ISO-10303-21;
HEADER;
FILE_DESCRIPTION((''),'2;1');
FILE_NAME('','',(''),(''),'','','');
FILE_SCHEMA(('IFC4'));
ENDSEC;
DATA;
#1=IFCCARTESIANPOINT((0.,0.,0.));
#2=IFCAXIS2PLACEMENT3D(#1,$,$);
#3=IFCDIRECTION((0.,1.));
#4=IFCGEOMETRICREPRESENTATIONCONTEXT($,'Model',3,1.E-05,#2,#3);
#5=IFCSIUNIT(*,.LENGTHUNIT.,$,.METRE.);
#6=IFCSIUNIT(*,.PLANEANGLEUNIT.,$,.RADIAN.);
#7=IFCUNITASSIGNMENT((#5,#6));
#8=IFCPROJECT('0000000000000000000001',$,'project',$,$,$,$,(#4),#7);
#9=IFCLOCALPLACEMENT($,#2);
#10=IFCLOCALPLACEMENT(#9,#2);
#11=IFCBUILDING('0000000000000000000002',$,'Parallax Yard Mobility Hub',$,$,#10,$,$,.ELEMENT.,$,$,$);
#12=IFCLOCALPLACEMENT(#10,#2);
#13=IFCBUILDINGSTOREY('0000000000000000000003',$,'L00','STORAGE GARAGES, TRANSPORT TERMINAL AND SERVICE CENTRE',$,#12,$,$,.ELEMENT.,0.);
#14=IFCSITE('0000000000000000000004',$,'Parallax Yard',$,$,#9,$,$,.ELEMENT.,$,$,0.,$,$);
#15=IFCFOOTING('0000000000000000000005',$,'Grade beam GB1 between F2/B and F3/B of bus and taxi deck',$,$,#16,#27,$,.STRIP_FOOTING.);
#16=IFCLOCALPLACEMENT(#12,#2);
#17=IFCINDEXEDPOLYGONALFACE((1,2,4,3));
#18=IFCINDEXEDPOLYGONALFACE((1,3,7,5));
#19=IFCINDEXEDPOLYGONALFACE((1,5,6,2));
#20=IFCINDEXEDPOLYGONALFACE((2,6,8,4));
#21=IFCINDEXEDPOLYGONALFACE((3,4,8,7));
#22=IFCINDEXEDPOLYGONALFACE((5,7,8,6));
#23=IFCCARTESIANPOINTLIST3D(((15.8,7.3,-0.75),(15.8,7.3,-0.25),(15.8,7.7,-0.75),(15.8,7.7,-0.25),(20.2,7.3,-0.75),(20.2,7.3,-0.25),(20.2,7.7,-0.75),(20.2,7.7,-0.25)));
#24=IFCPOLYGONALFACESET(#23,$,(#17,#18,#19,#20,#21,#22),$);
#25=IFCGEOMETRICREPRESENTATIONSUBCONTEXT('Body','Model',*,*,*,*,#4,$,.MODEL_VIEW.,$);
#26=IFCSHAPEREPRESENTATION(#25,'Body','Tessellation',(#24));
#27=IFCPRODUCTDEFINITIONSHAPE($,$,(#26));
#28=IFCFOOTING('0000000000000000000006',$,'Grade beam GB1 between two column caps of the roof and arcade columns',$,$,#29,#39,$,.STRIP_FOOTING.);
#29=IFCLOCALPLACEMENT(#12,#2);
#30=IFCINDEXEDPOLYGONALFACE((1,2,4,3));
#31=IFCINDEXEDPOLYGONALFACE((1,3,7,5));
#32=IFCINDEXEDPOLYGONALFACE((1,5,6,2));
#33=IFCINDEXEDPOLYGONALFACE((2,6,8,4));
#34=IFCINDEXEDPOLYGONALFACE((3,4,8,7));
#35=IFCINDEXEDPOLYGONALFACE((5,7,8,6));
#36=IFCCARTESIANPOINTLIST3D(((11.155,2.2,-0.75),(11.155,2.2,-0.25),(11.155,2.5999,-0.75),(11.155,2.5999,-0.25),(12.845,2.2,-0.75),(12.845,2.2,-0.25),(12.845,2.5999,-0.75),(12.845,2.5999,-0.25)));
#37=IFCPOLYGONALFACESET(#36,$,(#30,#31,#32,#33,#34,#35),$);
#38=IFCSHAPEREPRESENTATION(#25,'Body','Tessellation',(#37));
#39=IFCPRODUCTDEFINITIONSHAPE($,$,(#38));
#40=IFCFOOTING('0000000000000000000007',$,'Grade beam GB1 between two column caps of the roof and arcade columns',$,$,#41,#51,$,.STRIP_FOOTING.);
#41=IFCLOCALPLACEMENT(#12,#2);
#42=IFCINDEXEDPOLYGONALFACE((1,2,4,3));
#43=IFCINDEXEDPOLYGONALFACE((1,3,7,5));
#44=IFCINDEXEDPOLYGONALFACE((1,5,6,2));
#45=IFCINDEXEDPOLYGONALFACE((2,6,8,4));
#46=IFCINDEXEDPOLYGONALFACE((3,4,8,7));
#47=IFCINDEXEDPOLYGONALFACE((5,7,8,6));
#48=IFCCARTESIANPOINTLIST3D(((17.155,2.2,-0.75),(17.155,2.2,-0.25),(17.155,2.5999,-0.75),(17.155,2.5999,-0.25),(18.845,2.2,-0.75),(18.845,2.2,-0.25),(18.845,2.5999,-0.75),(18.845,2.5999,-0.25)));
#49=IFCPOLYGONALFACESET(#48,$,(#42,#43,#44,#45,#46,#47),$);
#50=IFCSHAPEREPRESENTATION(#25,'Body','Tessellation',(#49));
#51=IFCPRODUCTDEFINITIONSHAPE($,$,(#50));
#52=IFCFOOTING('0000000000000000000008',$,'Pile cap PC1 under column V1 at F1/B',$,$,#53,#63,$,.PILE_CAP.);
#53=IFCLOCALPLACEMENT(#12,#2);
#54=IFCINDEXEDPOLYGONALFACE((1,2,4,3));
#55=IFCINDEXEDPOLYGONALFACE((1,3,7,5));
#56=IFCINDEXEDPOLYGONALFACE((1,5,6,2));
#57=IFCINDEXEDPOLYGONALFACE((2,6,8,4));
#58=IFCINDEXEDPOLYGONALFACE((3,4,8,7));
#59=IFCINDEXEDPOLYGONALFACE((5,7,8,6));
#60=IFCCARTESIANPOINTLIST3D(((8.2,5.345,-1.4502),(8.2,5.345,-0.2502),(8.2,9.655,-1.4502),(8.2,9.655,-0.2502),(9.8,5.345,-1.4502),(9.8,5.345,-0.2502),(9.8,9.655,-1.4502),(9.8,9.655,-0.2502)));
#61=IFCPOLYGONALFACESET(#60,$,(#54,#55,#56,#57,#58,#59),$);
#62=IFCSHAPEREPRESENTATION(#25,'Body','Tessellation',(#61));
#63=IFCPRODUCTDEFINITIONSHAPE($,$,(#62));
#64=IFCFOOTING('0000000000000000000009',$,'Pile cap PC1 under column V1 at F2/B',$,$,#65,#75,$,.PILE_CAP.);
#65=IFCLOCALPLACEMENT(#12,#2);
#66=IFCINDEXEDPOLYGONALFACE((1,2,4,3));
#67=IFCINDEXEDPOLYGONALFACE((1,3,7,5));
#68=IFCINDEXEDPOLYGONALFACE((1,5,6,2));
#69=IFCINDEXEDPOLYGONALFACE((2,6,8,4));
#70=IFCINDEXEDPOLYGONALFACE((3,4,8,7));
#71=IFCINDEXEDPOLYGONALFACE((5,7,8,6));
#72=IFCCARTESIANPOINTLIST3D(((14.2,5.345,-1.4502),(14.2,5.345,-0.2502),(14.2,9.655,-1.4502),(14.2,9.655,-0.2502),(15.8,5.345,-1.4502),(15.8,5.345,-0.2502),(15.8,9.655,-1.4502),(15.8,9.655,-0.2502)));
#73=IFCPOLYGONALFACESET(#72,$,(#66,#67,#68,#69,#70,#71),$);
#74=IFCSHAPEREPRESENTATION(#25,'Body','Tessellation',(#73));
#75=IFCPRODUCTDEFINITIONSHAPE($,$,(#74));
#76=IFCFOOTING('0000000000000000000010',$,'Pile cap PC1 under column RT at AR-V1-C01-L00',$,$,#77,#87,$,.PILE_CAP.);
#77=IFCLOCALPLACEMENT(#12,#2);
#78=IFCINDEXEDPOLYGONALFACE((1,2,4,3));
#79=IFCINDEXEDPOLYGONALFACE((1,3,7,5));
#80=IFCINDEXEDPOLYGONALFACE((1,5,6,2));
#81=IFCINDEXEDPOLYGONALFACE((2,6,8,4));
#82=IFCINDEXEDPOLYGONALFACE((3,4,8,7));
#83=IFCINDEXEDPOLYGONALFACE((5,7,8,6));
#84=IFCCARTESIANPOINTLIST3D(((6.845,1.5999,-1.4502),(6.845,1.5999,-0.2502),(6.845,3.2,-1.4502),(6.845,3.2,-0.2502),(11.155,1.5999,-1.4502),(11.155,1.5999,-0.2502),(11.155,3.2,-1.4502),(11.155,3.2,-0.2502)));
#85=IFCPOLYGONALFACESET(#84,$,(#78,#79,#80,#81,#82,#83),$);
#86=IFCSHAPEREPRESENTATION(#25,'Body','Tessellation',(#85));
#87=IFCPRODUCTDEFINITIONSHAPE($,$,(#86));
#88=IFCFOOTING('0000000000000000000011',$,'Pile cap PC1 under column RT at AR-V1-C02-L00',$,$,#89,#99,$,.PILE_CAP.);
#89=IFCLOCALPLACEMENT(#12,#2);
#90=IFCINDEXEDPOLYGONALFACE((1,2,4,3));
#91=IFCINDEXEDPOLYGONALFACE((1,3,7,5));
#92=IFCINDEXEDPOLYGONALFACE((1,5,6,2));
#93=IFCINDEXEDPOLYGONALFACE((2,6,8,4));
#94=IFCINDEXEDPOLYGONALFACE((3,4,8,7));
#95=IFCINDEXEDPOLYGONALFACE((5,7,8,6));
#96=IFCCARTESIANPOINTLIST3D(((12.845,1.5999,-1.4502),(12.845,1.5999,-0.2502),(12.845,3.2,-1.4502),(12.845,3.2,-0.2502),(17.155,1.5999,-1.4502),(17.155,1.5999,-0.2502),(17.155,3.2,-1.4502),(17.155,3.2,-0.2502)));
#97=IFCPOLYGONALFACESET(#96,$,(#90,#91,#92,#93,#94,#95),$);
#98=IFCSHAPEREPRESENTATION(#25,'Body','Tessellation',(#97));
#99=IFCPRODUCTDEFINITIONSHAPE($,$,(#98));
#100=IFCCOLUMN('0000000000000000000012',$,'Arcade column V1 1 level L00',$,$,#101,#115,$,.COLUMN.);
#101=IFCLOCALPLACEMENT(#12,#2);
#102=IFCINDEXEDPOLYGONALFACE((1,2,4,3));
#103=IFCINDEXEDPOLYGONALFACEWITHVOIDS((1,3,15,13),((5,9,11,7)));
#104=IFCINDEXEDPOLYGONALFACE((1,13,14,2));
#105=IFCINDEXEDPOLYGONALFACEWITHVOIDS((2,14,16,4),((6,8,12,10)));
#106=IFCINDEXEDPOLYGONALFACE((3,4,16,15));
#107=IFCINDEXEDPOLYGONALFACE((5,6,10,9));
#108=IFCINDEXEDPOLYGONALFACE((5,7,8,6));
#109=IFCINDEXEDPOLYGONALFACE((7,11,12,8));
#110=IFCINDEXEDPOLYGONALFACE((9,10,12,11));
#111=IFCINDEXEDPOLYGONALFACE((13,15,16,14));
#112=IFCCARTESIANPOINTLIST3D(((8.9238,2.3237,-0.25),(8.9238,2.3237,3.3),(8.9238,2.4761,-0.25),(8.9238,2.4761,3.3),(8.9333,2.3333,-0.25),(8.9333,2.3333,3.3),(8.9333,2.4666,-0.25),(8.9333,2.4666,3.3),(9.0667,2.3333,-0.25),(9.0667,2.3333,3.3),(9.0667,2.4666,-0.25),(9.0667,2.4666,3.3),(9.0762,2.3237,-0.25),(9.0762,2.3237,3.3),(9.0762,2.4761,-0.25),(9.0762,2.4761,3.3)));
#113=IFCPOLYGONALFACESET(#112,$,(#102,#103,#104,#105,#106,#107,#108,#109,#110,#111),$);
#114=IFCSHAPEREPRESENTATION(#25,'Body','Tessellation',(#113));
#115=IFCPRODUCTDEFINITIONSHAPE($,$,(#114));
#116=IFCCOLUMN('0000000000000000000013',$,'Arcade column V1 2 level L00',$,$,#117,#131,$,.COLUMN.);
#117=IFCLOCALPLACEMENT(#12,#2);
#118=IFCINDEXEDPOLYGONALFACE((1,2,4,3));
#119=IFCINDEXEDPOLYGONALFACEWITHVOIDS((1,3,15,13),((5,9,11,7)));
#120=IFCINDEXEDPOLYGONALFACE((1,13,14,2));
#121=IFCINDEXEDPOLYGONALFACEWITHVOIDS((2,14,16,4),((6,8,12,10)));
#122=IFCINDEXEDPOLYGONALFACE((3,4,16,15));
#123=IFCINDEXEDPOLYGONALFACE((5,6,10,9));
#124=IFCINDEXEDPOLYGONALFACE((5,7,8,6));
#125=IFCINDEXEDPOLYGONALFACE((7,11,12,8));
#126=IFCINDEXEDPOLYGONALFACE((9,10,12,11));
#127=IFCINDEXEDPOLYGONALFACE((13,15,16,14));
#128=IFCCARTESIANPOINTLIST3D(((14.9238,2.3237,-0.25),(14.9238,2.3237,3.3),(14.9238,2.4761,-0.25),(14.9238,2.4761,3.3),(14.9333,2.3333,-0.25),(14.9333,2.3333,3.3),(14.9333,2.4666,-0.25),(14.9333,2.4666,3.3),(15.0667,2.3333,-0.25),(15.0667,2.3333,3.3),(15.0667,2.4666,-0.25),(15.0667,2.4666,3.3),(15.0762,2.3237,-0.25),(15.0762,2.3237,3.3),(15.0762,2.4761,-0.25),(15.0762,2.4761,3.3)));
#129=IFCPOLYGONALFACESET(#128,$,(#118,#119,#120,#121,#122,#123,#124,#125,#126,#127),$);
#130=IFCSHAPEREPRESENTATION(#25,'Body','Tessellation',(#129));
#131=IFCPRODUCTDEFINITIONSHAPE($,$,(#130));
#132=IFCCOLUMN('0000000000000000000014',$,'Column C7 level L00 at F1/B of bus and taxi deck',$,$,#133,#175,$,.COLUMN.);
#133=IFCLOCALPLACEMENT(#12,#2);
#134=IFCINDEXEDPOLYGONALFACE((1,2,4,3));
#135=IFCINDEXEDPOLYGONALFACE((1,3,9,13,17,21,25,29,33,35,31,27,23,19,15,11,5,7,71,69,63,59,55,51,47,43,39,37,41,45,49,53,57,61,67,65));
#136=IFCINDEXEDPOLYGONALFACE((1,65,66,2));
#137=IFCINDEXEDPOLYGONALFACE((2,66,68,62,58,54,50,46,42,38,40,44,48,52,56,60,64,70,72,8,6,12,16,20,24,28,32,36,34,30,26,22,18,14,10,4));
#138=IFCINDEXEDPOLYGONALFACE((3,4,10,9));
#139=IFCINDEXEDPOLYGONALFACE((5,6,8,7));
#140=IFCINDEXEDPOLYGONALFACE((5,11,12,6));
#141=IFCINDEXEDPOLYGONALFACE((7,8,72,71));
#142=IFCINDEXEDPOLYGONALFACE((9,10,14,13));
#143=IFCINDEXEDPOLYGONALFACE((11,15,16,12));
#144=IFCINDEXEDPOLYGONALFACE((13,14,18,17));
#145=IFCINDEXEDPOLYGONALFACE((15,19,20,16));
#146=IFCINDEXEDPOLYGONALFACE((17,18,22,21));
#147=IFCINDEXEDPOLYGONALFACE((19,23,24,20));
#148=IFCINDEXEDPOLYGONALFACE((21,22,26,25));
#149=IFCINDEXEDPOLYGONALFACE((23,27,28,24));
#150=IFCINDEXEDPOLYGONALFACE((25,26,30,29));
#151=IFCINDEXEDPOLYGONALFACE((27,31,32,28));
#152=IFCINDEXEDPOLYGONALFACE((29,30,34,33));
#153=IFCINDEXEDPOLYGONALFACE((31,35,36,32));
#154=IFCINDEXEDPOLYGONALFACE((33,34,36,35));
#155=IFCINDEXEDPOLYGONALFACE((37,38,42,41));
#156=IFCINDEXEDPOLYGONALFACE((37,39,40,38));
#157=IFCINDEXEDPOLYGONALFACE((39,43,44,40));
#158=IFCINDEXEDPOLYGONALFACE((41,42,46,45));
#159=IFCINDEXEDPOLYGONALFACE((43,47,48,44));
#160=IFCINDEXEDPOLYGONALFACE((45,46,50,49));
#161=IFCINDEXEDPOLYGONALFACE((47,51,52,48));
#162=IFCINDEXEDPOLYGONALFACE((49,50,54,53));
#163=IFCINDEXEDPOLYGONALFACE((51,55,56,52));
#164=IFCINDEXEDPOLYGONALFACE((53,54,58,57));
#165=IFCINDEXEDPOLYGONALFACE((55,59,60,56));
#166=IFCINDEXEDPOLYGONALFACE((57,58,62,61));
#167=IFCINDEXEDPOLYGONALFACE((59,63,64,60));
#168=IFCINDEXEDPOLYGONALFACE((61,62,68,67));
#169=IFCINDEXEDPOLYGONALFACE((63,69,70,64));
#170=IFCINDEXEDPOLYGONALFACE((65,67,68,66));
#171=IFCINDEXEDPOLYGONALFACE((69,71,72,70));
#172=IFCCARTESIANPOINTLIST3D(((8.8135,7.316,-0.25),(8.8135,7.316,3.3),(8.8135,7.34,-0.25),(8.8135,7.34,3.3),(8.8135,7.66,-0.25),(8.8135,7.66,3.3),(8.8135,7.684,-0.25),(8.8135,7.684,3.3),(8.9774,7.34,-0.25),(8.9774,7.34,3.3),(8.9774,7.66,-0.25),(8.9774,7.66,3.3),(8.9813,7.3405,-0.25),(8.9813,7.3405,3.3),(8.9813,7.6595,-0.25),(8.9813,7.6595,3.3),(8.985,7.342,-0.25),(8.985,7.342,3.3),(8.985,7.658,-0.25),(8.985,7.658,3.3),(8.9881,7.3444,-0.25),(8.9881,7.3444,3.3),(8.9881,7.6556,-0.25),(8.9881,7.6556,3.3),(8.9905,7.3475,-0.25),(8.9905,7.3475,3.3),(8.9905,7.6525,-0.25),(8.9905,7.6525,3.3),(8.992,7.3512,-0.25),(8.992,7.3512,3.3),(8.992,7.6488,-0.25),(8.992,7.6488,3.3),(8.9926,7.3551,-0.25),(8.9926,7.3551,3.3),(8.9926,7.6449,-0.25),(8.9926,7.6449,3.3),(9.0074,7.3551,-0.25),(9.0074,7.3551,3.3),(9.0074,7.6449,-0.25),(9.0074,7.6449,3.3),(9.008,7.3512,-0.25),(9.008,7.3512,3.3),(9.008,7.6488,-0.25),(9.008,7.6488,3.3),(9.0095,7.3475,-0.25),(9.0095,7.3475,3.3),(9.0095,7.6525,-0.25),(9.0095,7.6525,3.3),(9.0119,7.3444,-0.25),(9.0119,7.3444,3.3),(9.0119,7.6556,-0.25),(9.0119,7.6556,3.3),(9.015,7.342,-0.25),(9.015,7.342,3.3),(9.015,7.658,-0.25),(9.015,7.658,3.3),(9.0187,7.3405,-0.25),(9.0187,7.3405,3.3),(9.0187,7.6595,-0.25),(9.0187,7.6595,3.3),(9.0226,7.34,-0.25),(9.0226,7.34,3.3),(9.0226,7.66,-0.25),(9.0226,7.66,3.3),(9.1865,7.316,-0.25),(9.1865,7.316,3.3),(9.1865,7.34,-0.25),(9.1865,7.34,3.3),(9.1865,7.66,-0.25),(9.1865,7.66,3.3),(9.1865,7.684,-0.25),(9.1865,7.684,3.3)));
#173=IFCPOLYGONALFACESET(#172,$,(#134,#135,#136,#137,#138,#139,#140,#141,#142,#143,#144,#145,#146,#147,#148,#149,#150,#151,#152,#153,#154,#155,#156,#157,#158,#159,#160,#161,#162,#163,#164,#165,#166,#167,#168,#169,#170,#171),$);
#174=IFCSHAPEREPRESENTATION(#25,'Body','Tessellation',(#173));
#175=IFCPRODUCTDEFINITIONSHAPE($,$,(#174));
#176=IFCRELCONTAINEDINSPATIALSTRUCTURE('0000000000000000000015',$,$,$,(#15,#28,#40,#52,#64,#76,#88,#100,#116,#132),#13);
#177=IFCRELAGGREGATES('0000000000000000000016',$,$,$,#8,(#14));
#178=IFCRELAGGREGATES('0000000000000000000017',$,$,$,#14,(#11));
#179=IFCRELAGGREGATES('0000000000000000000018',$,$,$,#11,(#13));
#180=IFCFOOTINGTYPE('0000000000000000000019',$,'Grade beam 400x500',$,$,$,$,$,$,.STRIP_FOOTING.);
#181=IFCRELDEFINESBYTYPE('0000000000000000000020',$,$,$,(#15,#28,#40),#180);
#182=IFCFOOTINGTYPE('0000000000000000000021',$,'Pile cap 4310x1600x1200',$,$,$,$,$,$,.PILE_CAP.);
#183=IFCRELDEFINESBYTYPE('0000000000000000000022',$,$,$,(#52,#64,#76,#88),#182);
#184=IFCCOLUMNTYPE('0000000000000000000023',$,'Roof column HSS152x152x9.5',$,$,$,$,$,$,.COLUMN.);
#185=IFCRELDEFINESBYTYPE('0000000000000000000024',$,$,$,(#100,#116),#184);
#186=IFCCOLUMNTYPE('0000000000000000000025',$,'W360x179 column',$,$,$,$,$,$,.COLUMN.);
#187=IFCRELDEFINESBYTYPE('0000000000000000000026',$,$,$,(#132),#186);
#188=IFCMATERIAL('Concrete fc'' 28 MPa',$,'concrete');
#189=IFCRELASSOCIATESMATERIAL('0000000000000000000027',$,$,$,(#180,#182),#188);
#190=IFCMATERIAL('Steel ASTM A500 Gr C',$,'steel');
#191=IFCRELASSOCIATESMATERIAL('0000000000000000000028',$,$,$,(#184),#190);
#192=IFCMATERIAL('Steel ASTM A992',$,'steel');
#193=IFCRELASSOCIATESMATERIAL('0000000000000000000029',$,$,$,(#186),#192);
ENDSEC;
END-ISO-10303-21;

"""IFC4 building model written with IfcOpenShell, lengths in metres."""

from ifc_helpers import new_model, si_unit, direction, frame, origin, origin_2d, place, context, subcontext, project, spatial, rectangle, hollow_rectangle, i_section, extrude, material, material_profile, profile_set, type_object, element, save


model = new_model("IFC4")

# Units and contexts
model_context = context("Model", 3, precision=1e-05, world=origin(), true_north=direction((0.0, 1.0)))
body_context = subcontext(model_context, "Body", "Model", "MODEL_VIEW")
ifc_project = project(units=[si_unit("LENGTHUNIT", "METRE"), si_unit("PLANEANGLEUNIT", "RADIAN")], contexts=[model_context])

# Site, building, storey
site_placement = place(None, origin())
site = spatial("IfcSite", under=ifc_project, at=site_placement, Name="Parallax Yard", CompositionType="ELEMENT", RefElevation=0.0)
building_placement = place(site_placement, origin())
building = spatial("IfcBuilding", under=site, at=building_placement, Name="Parallax Yard Mobility Hub", CompositionType="ELEMENT")
storey_placement = place(building_placement, origin())
storey = spatial("IfcBuildingStorey", under=building, at=storey_placement, Name="L00", Description="STORAGE GARAGES, TRANSPORT TERMINAL AND SERVICE CENTRE", CompositionType="ELEMENT", Elevation=0.0)

# Shared definitions
ifc_material_1 = material(Name="Concrete fc' 28 MPa", Category="concrete")

# Footings
ifc_material_profile_1 = material_profile(ifc_material_1, rectangle(XDim=0.3999, YDim=0.5, at=origin_2d()), Name="Grade beam 400x500")
ifc_profile_set_1 = profile_set([ifc_material_profile_1], Name="Concrete fc' 28 MPa")
footing_type_1 = type_object("IfcFootingType", Name="Grade beam 400x500", PredefinedType="STRIP_FOOTING", material=ifc_profile_set_1)
for number, where, z_axis, x_axis, name in (
    (1, (15.8, 7.5, -0.5), (1.0, 0.0, 0.0), (0.0, 1.0, 0.0), "Grade beam GB1 between F2/B and F3/B of bus and taxi deck"),
):
    element("IfcFooting", number, at=place(storey_placement, frame(where, z_axis=z_axis, x_axis=x_axis)), inside=storey, type_object=footing_type_1, Name=name, PredefinedType="STRIP_FOOTING", context=body_context, shape_type="SweptSolid", body=[
        extrude(rectangle(XDim=0.3999, YDim=0.5, at=origin_2d()), origin(), (0.0, 0.0, 1.0), 4.3999),
    ])
for number, where, z_axis, x_axis, name in (
    (2, (11.155, 2.3999, -0.5), (1.0, 0.0, 0.0), (0.0, 1.0, 0.0), "Grade beam GB1 between two column caps of the roof and arcade columns"),
    (3, (17.155, 2.3999, -0.5), (1.0, 0.0, 0.0), (0.0, 1.0, 0.0), "Grade beam GB1 between two column caps of the roof and arcade columns"),
):
    element("IfcFooting", number, at=place(storey_placement, frame(where, z_axis=z_axis, x_axis=x_axis)), inside=storey, type_object=footing_type_1, Name=name, PredefinedType="STRIP_FOOTING", context=body_context, shape_type="SweptSolid", body=[
        extrude(rectangle(XDim=0.3999, YDim=0.5, at=origin_2d()), origin(), (0.0, 0.0, 1.0), 1.6899),
    ])
footing_type_2 = type_object("IfcFootingType", Name="Pile cap 4310x1600x1200", PredefinedType="PILE_CAP", material=ifc_material_1)
for number, where, z_axis, x_axis, name in (
    (4, (9.0, 7.5, -1.4502), (0.0, 0.0, 1.0), (0.0, 1.0, 0.0), "Pile cap PC1 under column V1 at F1/B"),
    (5, (15.0, 7.5, -1.4502), (0.0, 0.0, 1.0), (0.0, 1.0, 0.0), "Pile cap PC1 under column V1 at F2/B"),
    (6, (9.0, 2.3999, -1.4502), (0.0, 0.0, 1.0), (1.0, 0.0, 0.0), "Pile cap PC1 under column RT at AR-V1-C01-L00"),
    (7, (15.0, 2.3999, -1.4502), (0.0, 0.0, 1.0), (1.0, 0.0, 0.0), "Pile cap PC1 under column RT at AR-V1-C02-L00"),
):
    element("IfcFooting", number, at=place(storey_placement, frame(where, z_axis=z_axis, x_axis=x_axis)), inside=storey, type_object=footing_type_2, Name=name, PredefinedType="PILE_CAP", context=body_context, shape_type="SweptSolid", body=[
        extrude(rectangle(XDim=4.3101, YDim=1.6001, at=origin_2d()), origin(), (0.0, 0.0, 1.0), 1.2),
    ])

# Columns
ifc_material_2 = material(Name="Steel ASTM A500 Gr C", Category="steel")
ifc_material_profile_2 = material_profile(ifc_material_2, hollow_rectangle(XDim=0.1523, YDim=0.1523, WallThickness=0.0095, at=origin_2d()), Name="HSS152x152x9.5")
ifc_profile_set_2 = profile_set([ifc_material_profile_2], Name="Steel ASTM A500 Gr C")
column_type_1 = type_object("IfcColumnType", Name="Roof column HSS152x152x9.5", PredefinedType="COLUMN", material=ifc_profile_set_2)
for number, where, z_axis, x_axis, name in (
    (8, (9.0, 2.3999, -0.25), (0.0, 0.0, 1.0), (1.0, 0.0, 0.0), "Arcade column V1 1 level L00"),
    (9, (15.0, 2.3999, -0.25), (0.0, 0.0, 1.0), (1.0, 0.0, 0.0), "Arcade column V1 2 level L00"),
):
    element("IfcColumn", number, at=place(storey_placement, frame(where, z_axis=z_axis, x_axis=x_axis)), inside=storey, type_object=column_type_1, Name=name, PredefinedType="COLUMN", context=body_context, shape_type="SweptSolid", body=[
        extrude(hollow_rectangle(XDim=0.1523, YDim=0.1523, WallThickness=0.0095, at=origin_2d()), origin(), (0.0, 0.0, 1.0), 3.55),
    ])
ifc_material_3 = material(Name="Steel ASTM A992", Category="steel")
ifc_material_profile_3 = material_profile(ifc_material_3, i_section(OverallWidth=0.373, OverallDepth=0.3679, WebThickness=0.0149, FlangeThickness=0.0239, FilletRadius=0.0151, at=origin_2d()), Name="W360x179")
ifc_profile_set_3 = profile_set([ifc_material_profile_3], Name="Steel ASTM A992")
column_type_2 = type_object("IfcColumnType", Name="W360x179 column", PredefinedType="COLUMN", material=ifc_profile_set_3)
for number, where, z_axis, x_axis, name in (
    (10, (9.0, 7.5, -0.25), (0.0, 0.0, 1.0), (1.0, 0.0, 0.0), "Column C7 level L00 at F1/B of bus and taxi deck"),
):
    element("IfcColumn", number, at=place(storey_placement, frame(where, z_axis=z_axis, x_axis=x_axis)), inside=storey, type_object=column_type_2, Name=name, PredefinedType="COLUMN", context=body_context, shape_type="SweptSolid", body=[
        extrude(i_section(OverallWidth=0.373, OverallDepth=0.3679, WebThickness=0.0149, FlangeThickness=0.0239, FilletRadius=0.0151, at=origin_2d()), origin(), (0.0, 0.0, 1.0), 3.55),
    ])

save(model, "model.ifc")
